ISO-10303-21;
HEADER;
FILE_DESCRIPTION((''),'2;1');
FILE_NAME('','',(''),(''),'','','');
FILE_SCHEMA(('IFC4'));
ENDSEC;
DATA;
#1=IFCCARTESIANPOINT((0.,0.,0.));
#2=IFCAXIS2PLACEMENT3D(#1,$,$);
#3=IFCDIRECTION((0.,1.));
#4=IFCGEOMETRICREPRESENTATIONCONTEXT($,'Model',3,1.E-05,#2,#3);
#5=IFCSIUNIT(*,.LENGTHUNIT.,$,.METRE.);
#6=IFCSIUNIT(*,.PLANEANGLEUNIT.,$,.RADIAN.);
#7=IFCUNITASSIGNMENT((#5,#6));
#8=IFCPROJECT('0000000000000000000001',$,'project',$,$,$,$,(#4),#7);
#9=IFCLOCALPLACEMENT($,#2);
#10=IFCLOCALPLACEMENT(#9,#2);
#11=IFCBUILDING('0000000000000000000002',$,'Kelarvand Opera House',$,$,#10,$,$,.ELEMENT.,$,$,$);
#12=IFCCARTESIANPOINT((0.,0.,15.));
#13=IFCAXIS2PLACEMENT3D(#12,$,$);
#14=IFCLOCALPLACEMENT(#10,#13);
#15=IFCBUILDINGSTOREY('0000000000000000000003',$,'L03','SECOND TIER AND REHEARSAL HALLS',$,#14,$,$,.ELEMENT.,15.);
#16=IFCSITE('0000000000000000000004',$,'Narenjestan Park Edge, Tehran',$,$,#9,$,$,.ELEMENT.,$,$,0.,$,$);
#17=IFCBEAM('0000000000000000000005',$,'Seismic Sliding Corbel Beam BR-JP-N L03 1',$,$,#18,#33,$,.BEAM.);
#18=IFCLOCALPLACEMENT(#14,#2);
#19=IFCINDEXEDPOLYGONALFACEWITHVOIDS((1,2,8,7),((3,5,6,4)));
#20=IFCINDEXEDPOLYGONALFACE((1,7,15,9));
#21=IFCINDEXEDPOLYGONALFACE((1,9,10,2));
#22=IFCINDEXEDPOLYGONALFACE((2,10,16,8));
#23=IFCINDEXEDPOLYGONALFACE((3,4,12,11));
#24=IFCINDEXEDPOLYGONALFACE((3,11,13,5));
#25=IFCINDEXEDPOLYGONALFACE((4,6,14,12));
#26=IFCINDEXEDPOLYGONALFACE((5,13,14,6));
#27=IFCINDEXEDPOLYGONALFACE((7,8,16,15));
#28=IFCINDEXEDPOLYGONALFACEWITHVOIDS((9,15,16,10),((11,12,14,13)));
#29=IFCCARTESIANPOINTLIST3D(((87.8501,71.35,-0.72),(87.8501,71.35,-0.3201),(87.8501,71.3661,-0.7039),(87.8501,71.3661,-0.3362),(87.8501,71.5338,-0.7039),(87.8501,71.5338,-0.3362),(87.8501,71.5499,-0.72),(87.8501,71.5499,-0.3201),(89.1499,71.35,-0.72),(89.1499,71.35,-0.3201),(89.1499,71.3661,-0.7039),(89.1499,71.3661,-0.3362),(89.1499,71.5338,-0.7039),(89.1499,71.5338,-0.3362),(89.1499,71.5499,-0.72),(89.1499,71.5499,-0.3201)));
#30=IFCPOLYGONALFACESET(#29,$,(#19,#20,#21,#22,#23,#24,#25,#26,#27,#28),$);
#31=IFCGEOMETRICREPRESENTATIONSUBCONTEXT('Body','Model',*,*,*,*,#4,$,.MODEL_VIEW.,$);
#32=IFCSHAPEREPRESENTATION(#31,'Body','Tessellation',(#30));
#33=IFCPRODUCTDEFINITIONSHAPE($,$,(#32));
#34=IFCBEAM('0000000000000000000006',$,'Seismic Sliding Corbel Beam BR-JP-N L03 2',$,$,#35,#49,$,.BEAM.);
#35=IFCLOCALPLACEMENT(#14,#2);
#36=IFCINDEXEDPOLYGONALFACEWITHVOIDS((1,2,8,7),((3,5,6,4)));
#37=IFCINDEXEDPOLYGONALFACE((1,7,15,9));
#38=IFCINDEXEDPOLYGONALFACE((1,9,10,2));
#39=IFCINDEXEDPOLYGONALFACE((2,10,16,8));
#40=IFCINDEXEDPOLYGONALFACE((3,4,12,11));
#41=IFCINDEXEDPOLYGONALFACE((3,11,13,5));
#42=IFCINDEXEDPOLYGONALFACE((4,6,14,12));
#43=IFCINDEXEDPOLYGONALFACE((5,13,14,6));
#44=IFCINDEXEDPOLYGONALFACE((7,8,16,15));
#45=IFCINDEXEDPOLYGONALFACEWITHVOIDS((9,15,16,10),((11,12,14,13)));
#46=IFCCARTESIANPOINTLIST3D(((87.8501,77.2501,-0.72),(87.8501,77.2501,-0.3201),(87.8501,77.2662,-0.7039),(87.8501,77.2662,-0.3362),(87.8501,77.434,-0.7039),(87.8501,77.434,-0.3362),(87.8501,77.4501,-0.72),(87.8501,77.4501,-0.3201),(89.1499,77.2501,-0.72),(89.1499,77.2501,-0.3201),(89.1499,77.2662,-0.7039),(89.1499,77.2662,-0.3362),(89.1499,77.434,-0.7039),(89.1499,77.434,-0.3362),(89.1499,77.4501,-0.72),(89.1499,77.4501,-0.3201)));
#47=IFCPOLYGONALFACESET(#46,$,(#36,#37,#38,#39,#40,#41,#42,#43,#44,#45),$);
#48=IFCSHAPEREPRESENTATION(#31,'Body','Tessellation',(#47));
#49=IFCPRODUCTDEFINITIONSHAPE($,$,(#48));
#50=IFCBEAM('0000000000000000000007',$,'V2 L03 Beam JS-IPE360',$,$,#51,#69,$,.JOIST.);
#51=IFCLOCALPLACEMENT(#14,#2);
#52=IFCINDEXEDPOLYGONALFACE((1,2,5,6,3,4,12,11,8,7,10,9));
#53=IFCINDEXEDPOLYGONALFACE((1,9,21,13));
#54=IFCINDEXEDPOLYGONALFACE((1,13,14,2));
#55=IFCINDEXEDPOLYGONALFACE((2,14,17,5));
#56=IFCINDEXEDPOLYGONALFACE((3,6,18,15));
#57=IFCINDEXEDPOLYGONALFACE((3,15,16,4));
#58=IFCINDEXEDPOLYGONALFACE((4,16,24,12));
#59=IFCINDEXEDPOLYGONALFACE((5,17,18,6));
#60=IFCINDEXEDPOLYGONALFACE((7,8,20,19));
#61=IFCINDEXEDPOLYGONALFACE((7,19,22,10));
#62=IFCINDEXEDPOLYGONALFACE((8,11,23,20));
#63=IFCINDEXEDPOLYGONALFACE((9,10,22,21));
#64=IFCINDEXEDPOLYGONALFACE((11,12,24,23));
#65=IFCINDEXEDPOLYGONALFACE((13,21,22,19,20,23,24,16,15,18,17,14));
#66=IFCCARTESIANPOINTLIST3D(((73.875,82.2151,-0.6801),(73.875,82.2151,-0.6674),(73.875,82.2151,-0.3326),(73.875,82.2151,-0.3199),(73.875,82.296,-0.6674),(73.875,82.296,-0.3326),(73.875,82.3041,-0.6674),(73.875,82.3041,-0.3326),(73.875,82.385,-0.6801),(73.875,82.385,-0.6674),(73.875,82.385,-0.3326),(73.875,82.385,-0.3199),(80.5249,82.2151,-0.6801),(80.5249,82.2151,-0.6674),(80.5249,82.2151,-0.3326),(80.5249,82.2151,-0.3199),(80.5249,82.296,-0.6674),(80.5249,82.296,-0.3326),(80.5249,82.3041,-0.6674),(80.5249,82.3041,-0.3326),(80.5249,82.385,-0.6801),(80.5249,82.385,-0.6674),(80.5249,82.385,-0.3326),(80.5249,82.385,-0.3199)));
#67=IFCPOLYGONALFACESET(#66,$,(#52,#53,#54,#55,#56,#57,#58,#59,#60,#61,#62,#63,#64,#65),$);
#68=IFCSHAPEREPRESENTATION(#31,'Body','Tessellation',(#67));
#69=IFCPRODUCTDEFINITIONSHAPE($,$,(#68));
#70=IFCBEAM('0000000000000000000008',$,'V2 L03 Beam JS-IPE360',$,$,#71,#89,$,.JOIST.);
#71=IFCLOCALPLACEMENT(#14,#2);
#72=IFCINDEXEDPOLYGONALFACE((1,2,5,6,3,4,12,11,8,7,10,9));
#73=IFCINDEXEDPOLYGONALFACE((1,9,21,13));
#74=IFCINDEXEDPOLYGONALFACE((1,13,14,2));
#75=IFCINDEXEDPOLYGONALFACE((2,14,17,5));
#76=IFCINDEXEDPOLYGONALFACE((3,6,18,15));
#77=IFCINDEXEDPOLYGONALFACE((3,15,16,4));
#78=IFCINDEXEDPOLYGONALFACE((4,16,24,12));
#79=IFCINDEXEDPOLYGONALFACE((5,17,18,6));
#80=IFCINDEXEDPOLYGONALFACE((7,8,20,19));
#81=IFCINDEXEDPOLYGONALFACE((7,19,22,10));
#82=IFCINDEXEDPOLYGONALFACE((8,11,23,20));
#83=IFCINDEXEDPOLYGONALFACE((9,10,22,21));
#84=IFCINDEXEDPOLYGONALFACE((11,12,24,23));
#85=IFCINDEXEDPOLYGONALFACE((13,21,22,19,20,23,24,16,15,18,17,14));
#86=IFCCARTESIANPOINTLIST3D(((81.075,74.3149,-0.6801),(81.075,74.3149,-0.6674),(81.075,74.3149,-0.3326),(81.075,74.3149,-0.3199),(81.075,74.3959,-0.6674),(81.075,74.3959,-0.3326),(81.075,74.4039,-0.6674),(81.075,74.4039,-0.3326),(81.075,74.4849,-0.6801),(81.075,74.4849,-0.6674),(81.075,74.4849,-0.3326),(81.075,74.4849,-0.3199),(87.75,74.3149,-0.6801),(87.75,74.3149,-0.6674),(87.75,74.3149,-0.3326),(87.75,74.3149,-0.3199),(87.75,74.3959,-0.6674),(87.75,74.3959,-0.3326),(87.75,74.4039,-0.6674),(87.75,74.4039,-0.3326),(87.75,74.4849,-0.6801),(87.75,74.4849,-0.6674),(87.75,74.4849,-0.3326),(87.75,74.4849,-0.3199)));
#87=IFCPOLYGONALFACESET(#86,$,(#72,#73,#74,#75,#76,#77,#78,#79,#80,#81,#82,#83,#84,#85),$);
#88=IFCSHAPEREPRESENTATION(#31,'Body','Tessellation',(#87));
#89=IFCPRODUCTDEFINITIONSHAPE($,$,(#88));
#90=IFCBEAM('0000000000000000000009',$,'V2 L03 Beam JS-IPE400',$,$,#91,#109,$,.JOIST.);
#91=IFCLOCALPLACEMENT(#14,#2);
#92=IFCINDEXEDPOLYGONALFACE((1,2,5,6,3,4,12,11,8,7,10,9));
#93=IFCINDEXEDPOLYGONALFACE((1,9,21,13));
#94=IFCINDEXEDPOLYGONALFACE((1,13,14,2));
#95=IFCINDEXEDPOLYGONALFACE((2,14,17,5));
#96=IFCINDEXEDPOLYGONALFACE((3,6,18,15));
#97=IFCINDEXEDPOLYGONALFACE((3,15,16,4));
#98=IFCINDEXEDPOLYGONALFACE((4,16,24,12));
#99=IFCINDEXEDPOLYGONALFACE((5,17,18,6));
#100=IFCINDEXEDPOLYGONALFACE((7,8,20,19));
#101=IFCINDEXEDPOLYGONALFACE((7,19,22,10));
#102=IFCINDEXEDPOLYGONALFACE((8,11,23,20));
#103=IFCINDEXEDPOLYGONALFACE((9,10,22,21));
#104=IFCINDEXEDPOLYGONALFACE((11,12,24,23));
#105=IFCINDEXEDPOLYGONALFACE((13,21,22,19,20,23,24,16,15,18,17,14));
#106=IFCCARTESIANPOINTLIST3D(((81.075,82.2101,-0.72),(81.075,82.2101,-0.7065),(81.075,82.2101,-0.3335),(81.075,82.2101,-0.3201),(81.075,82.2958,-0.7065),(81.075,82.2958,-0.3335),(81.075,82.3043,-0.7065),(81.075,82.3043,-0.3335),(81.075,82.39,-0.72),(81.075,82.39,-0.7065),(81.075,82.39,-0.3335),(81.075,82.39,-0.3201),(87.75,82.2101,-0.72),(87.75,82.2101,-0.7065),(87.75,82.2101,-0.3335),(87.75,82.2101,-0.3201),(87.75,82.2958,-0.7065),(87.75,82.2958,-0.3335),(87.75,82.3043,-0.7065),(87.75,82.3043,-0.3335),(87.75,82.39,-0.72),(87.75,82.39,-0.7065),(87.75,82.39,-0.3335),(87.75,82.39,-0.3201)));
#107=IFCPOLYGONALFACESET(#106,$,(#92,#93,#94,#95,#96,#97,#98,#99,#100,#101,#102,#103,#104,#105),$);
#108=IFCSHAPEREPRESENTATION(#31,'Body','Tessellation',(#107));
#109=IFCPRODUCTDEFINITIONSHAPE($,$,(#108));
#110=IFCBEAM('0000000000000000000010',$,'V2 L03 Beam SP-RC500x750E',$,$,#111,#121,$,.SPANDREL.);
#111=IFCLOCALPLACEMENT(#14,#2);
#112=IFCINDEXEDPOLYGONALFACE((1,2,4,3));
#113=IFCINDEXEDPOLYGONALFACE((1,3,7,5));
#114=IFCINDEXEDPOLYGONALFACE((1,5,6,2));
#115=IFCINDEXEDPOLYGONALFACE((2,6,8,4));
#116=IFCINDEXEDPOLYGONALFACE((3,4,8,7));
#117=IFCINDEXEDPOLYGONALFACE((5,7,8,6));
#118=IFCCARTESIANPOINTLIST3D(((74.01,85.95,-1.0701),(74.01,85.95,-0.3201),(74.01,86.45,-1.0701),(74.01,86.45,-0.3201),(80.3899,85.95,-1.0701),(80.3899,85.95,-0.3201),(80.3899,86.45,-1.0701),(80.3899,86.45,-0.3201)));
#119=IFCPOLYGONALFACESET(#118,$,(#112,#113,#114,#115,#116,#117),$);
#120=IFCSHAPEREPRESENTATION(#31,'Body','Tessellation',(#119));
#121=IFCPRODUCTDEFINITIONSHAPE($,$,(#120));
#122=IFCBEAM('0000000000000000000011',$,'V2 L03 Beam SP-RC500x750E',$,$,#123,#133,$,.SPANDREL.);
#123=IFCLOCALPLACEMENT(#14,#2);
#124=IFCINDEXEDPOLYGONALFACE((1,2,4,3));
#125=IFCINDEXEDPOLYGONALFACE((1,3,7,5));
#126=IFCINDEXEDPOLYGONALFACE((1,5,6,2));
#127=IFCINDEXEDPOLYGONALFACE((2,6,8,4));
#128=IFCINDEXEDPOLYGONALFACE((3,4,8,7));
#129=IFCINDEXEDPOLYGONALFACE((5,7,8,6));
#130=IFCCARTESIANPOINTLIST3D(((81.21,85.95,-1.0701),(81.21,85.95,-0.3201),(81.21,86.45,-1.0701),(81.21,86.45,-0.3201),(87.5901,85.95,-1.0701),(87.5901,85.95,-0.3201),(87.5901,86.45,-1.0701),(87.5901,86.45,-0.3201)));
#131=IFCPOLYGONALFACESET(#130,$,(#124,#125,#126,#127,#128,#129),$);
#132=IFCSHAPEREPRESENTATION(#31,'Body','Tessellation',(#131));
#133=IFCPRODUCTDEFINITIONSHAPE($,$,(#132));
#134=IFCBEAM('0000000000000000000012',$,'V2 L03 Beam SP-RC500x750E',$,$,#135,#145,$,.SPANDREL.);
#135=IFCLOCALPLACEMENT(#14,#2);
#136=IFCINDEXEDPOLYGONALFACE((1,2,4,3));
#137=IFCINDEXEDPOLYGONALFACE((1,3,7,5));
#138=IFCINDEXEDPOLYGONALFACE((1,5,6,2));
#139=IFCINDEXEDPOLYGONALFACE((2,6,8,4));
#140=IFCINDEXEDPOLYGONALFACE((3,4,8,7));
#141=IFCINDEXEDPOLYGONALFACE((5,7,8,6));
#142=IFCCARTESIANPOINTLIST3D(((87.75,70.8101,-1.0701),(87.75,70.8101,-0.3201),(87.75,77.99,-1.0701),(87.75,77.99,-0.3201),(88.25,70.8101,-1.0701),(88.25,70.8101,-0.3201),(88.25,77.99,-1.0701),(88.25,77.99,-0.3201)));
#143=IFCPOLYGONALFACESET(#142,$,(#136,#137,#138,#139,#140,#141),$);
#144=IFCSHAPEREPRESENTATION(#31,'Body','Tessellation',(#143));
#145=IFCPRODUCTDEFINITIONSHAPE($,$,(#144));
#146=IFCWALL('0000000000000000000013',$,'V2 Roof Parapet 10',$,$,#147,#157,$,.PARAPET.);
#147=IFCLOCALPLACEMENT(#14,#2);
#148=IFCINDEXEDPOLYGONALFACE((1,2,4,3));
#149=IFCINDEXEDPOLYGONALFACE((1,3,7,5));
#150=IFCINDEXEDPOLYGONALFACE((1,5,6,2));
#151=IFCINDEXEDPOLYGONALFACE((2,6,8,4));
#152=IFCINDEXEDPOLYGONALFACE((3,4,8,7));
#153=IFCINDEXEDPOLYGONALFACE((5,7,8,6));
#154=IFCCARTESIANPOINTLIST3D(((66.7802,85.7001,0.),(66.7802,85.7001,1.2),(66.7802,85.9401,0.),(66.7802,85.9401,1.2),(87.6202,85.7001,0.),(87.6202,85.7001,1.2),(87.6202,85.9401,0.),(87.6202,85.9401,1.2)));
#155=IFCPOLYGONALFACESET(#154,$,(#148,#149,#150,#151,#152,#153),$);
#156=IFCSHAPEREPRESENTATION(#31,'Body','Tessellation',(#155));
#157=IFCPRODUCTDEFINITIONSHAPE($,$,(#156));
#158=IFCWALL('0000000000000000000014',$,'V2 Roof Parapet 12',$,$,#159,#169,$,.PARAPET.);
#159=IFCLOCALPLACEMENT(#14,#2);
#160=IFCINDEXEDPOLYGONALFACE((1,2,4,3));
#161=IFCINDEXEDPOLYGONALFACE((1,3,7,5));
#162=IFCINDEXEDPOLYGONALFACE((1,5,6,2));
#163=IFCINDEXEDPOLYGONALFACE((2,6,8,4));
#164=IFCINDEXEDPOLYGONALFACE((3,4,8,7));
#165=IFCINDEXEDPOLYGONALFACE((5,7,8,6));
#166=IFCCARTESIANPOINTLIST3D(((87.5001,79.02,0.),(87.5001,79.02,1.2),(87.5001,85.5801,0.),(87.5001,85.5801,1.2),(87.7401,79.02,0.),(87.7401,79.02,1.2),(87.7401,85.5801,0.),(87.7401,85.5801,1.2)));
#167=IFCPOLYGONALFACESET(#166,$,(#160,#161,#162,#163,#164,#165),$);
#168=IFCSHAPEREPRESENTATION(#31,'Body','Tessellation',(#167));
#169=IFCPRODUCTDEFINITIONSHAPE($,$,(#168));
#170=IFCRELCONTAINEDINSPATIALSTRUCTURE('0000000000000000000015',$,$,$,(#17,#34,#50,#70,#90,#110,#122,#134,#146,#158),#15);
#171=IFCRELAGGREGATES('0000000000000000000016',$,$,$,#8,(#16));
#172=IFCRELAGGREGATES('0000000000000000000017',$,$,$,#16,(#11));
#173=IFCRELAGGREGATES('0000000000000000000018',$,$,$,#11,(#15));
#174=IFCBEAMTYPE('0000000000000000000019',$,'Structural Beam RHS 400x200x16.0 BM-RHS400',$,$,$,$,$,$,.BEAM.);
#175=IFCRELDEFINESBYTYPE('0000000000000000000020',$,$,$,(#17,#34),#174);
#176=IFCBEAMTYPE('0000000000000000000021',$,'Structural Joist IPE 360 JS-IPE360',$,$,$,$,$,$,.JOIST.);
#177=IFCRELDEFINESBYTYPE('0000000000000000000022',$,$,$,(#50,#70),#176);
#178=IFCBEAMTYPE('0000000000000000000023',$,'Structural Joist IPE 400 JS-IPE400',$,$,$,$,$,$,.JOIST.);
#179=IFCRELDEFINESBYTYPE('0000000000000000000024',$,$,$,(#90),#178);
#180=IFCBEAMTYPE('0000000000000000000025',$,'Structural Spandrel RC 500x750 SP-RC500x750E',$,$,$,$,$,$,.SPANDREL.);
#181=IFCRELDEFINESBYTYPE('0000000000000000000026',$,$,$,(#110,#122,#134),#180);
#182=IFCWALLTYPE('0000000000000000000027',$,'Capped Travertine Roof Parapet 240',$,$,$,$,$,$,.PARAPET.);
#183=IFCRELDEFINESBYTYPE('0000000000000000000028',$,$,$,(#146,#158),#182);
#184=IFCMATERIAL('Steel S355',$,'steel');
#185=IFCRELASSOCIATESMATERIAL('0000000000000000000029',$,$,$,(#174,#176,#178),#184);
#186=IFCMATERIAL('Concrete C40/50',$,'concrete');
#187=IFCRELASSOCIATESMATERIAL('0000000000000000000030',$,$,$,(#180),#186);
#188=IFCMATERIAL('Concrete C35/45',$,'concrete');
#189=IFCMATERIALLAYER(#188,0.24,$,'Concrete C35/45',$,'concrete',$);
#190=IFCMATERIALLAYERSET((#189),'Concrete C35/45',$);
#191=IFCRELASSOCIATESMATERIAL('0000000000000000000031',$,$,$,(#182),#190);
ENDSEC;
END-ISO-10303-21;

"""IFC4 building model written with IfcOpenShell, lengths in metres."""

from ifc_helpers import new_model, si_unit, direction, frame, frame_2d, origin, origin_2d, place, context, subcontext, project, spatial, rectangle, hollow_rectangle, i_section, extrude, material, layer, layer_set, material_profile, profile_set, type_object, element, save


model = new_model("IFC4")

# Units and contexts
model_context = context("Model", 3, precision=1e-05, world=origin(), true_north=direction((0.0, 1.0)))
body_context = subcontext(model_context, "Body", "Model", "MODEL_VIEW")
ifc_project = project(units=[si_unit("LENGTHUNIT", "METRE"), si_unit("PLANEANGLEUNIT", "RADIAN")], contexts=[model_context])

# Site, building, storey
site_placement = place(None, origin())
site = spatial("IfcSite", under=ifc_project, at=site_placement, Name="Narenjestan Park Edge, Tehran", CompositionType="ELEMENT", RefElevation=0.0)
building_placement = place(site_placement, origin())
building = spatial("IfcBuilding", under=site, at=building_placement, Name="Kelarvand Opera House", CompositionType="ELEMENT")
storey_placement = place(building_placement, frame((0.0, 0.0, 15.0)))
storey = spatial("IfcBuildingStorey", under=building, at=storey_placement, Name="L03", Description="SECOND TIER AND REHEARSAL HALLS", CompositionType="ELEMENT", Elevation=15.0)

# Shared definitions
ifc_material_1 = material(Name="Concrete C40/50", Category="concrete")

# Beams
ifc_material_2 = material(Name="Concrete C35/45", Category="concrete")
ifc_material_3 = material(Name="Steel S355", Category="steel")
ifc_material_profile_1 = material_profile(ifc_material_3, hollow_rectangle(XDim=0.2, YDim=0.3999, WallThickness=0.0161, at=origin_2d()), Name="RHS 400x200x16.0", Category="steel")
ifc_profile_set_1 = profile_set([ifc_material_profile_1], Name="Steel S355")
beam_type_1 = type_object("IfcBeamType", Name="Structural Beam RHS 400x200x16.0 BM-RHS400", PredefinedType="BEAM", material=ifc_profile_set_1)
for number, where, z_axis, x_axis, name in (
    (1, (87.8501, 71.45, -0.52), (1.0, 0.0, 0.0), (0.0, 1.0, 0.0), "Seismic Sliding Corbel Beam BR-JP-N L03 1"),
    (2, (87.8501, 77.3501, -0.52), (1.0, 0.0, 0.0), (0.0, 1.0, 0.0), "Seismic Sliding Corbel Beam BR-JP-N L03 2"),
):
    element("IfcBeam", number, at=place(storey_placement, frame(where, z_axis=z_axis, x_axis=x_axis)), inside=storey, type_object=beam_type_1, Name=name, PredefinedType="BEAM", context=body_context, shape_type="SweptSolid", body=[
        extrude(hollow_rectangle(XDim=0.2, YDim=0.3999, WallThickness=0.0161, at=origin_2d()), origin(), (0.0, 0.0, 1.0), 1.2998),
    ])
ifc_material_profile_2 = material_profile(ifc_material_3, i_section(OverallWidth=0.1699, OverallDepth=0.3601, WebThickness=0.0081, FlangeThickness=0.0127, at=origin_2d()), Name="IPE 360", Category="steel")
ifc_profile_set_2 = profile_set([ifc_material_profile_2], Name="Steel S355")
beam_type_2 = type_object("IfcBeamType", Name="Structural Joist IPE 360 JS-IPE360", PredefinedType="JOIST", material=ifc_profile_set_2)
beam_1_placement = place(storey_placement, frame((73.875, 82.3, -0.5), z_axis=(1.0, 0.0, 0.0), x_axis=(0.0, 1.0, 0.0)))
element("IfcBeam", 3, at=beam_1_placement, inside=storey, type_object=beam_type_2, Name="V2 L03 Beam JS-IPE360", PredefinedType="JOIST", context=body_context, shape_type="SweptSolid", body=[
    extrude(i_section(OverallWidth=0.1699, OverallDepth=0.3601, WebThickness=0.0081, FlangeThickness=0.0127, at=origin_2d()), origin(), (0.0, 0.0, 1.0), 6.6499),
])
beam_2_placement = place(storey_placement, frame((81.075, 74.3999, -0.5), z_axis=(1.0, 0.0, 0.0), x_axis=(0.0, 1.0, 0.0)))
element("IfcBeam", 4, at=beam_2_placement, inside=storey, type_object=beam_type_2, Name="V2 L03 Beam JS-IPE360", PredefinedType="JOIST", context=body_context, shape_type="SweptSolid", body=[
    extrude(i_section(OverallWidth=0.1699, OverallDepth=0.3601, WebThickness=0.0081, FlangeThickness=0.0127, at=origin_2d()), origin(), (0.0, 0.0, 1.0), 6.675),
])
ifc_material_profile_3 = material_profile(ifc_material_3, i_section(OverallWidth=0.1799, OverallDepth=0.3999, WebThickness=0.0085, FlangeThickness=0.0134, at=origin_2d()), Name="IPE 400", Category="steel")
ifc_profile_set_3 = profile_set([ifc_material_profile_3], Name="Steel S355")
beam_type_3 = type_object("IfcBeamType", Name="Structural Joist IPE 400 JS-IPE400", PredefinedType="JOIST", material=ifc_profile_set_3)
beam_3_placement = place(storey_placement, frame((81.075, 82.3, -0.52), z_axis=(1.0, 0.0, 0.0), x_axis=(0.0, 1.0, 0.0)))
element("IfcBeam", 5, at=beam_3_placement, inside=storey, type_object=beam_type_3, Name="V2 L03 Beam JS-IPE400", PredefinedType="JOIST", context=body_context, shape_type="SweptSolid", body=[
    extrude(i_section(OverallWidth=0.1799, OverallDepth=0.3999, WebThickness=0.0085, FlangeThickness=0.0134, at=origin_2d()), origin(), (0.0, 0.0, 1.0), 6.675),
])
ifc_material_profile_4 = material_profile(ifc_material_1, rectangle(XDim=0.5, YDim=0.75, at=origin_2d()), Name="RC 500x750", Category="concrete")
ifc_profile_set_4 = profile_set([ifc_material_profile_4], Name="Concrete C40/50")
beam_type_4 = type_object("IfcBeamType", Name="Structural Spandrel RC 500x750 SP-RC500x750E", PredefinedType="SPANDREL", material=ifc_profile_set_4)
beam_4_placement = place(storey_placement, frame((74.01, 86.2, -0.6951), z_axis=(1.0, 0.0, 0.0), x_axis=(0.0, 1.0, 0.0)))
element("IfcBeam", 6, at=beam_4_placement, inside=storey, type_object=beam_type_4, Name="V2 L03 Beam SP-RC500x750E", PredefinedType="SPANDREL", context=body_context, shape_type="SweptSolid", body=[
    extrude(rectangle(XDim=0.5, YDim=0.75, at=origin_2d()), origin(), (0.0, 0.0, 1.0), 6.3799),
])
beam_5_placement = place(storey_placement, frame((81.21, 86.2, -0.6951), z_axis=(1.0, 0.0, 0.0), x_axis=(0.0, 1.0, 0.0)))
element("IfcBeam", 7, at=beam_5_placement, inside=storey, type_object=beam_type_4, Name="V2 L03 Beam SP-RC500x750E", PredefinedType="SPANDREL", context=body_context, shape_type="SweptSolid", body=[
    extrude(rectangle(XDim=0.5, YDim=0.75, at=origin_2d()), origin(), (0.0, 0.0, 1.0), 6.3801),
])
beam_6_placement = place(storey_placement, frame((88.0, 70.8101, -0.6951), z_axis=(0.0, 1.0, 0.0), x_axis=(-1.0, 0.0, 0.0)))
element("IfcBeam", 8, at=beam_6_placement, inside=storey, type_object=beam_type_4, Name="V2 L03 Beam SP-RC500x750E", PredefinedType="SPANDREL", context=body_context, shape_type="SweptSolid", body=[
    extrude(rectangle(XDim=0.5, YDim=0.75, at=origin_2d()), origin(), (0.0, 0.0, 1.0), 7.1799),
])

# Walls
ifc_layer_1 = layer(ifc_material_2, 0.24, Name="Concrete C35/45", Category="concrete")
ifc_layer_set_1 = layer_set([ifc_layer_1], Name="Concrete C35/45")
wall_type_1 = type_object("IfcWallType", Name="Capped Travertine Roof Parapet 240", PredefinedType="PARAPET", material=ifc_layer_set_1)
wall_1_placement = place(storey_placement, frame((87.6201, 85.8201, 0.0), z_axis=(0.0, 0.0, 1.0), x_axis=(-1.0, 0.0, 0.0)))
element("IfcWall", 9, at=wall_1_placement, inside=storey, type_object=wall_type_1, Name="V2 Roof Parapet 10", PredefinedType="PARAPET", context=body_context, shape_type="SweptSolid", body=[
    extrude(rectangle(XDim=20.8401, YDim=0.24, at=frame_2d((10.4199, 0.0))), origin(), (0.0, 0.0, 1.0), 1.2),
])
wall_2_placement = place(storey_placement, frame((87.6201, 79.02, 0.0), z_axis=(0.0, 0.0, 1.0), x_axis=(0.0, 1.0, 0.0)))
element("IfcWall", 10, at=wall_2_placement, inside=storey, type_object=wall_type_1, Name="V2 Roof Parapet 12", PredefinedType="PARAPET", context=body_context, shape_type="SweptSolid", body=[
    extrude(rectangle(XDim=6.5601, YDim=0.24, at=frame_2d((3.28, 0.0))), origin(), (0.0, 0.0, 1.0), 1.2),
])

save(model, "model.ifc")
